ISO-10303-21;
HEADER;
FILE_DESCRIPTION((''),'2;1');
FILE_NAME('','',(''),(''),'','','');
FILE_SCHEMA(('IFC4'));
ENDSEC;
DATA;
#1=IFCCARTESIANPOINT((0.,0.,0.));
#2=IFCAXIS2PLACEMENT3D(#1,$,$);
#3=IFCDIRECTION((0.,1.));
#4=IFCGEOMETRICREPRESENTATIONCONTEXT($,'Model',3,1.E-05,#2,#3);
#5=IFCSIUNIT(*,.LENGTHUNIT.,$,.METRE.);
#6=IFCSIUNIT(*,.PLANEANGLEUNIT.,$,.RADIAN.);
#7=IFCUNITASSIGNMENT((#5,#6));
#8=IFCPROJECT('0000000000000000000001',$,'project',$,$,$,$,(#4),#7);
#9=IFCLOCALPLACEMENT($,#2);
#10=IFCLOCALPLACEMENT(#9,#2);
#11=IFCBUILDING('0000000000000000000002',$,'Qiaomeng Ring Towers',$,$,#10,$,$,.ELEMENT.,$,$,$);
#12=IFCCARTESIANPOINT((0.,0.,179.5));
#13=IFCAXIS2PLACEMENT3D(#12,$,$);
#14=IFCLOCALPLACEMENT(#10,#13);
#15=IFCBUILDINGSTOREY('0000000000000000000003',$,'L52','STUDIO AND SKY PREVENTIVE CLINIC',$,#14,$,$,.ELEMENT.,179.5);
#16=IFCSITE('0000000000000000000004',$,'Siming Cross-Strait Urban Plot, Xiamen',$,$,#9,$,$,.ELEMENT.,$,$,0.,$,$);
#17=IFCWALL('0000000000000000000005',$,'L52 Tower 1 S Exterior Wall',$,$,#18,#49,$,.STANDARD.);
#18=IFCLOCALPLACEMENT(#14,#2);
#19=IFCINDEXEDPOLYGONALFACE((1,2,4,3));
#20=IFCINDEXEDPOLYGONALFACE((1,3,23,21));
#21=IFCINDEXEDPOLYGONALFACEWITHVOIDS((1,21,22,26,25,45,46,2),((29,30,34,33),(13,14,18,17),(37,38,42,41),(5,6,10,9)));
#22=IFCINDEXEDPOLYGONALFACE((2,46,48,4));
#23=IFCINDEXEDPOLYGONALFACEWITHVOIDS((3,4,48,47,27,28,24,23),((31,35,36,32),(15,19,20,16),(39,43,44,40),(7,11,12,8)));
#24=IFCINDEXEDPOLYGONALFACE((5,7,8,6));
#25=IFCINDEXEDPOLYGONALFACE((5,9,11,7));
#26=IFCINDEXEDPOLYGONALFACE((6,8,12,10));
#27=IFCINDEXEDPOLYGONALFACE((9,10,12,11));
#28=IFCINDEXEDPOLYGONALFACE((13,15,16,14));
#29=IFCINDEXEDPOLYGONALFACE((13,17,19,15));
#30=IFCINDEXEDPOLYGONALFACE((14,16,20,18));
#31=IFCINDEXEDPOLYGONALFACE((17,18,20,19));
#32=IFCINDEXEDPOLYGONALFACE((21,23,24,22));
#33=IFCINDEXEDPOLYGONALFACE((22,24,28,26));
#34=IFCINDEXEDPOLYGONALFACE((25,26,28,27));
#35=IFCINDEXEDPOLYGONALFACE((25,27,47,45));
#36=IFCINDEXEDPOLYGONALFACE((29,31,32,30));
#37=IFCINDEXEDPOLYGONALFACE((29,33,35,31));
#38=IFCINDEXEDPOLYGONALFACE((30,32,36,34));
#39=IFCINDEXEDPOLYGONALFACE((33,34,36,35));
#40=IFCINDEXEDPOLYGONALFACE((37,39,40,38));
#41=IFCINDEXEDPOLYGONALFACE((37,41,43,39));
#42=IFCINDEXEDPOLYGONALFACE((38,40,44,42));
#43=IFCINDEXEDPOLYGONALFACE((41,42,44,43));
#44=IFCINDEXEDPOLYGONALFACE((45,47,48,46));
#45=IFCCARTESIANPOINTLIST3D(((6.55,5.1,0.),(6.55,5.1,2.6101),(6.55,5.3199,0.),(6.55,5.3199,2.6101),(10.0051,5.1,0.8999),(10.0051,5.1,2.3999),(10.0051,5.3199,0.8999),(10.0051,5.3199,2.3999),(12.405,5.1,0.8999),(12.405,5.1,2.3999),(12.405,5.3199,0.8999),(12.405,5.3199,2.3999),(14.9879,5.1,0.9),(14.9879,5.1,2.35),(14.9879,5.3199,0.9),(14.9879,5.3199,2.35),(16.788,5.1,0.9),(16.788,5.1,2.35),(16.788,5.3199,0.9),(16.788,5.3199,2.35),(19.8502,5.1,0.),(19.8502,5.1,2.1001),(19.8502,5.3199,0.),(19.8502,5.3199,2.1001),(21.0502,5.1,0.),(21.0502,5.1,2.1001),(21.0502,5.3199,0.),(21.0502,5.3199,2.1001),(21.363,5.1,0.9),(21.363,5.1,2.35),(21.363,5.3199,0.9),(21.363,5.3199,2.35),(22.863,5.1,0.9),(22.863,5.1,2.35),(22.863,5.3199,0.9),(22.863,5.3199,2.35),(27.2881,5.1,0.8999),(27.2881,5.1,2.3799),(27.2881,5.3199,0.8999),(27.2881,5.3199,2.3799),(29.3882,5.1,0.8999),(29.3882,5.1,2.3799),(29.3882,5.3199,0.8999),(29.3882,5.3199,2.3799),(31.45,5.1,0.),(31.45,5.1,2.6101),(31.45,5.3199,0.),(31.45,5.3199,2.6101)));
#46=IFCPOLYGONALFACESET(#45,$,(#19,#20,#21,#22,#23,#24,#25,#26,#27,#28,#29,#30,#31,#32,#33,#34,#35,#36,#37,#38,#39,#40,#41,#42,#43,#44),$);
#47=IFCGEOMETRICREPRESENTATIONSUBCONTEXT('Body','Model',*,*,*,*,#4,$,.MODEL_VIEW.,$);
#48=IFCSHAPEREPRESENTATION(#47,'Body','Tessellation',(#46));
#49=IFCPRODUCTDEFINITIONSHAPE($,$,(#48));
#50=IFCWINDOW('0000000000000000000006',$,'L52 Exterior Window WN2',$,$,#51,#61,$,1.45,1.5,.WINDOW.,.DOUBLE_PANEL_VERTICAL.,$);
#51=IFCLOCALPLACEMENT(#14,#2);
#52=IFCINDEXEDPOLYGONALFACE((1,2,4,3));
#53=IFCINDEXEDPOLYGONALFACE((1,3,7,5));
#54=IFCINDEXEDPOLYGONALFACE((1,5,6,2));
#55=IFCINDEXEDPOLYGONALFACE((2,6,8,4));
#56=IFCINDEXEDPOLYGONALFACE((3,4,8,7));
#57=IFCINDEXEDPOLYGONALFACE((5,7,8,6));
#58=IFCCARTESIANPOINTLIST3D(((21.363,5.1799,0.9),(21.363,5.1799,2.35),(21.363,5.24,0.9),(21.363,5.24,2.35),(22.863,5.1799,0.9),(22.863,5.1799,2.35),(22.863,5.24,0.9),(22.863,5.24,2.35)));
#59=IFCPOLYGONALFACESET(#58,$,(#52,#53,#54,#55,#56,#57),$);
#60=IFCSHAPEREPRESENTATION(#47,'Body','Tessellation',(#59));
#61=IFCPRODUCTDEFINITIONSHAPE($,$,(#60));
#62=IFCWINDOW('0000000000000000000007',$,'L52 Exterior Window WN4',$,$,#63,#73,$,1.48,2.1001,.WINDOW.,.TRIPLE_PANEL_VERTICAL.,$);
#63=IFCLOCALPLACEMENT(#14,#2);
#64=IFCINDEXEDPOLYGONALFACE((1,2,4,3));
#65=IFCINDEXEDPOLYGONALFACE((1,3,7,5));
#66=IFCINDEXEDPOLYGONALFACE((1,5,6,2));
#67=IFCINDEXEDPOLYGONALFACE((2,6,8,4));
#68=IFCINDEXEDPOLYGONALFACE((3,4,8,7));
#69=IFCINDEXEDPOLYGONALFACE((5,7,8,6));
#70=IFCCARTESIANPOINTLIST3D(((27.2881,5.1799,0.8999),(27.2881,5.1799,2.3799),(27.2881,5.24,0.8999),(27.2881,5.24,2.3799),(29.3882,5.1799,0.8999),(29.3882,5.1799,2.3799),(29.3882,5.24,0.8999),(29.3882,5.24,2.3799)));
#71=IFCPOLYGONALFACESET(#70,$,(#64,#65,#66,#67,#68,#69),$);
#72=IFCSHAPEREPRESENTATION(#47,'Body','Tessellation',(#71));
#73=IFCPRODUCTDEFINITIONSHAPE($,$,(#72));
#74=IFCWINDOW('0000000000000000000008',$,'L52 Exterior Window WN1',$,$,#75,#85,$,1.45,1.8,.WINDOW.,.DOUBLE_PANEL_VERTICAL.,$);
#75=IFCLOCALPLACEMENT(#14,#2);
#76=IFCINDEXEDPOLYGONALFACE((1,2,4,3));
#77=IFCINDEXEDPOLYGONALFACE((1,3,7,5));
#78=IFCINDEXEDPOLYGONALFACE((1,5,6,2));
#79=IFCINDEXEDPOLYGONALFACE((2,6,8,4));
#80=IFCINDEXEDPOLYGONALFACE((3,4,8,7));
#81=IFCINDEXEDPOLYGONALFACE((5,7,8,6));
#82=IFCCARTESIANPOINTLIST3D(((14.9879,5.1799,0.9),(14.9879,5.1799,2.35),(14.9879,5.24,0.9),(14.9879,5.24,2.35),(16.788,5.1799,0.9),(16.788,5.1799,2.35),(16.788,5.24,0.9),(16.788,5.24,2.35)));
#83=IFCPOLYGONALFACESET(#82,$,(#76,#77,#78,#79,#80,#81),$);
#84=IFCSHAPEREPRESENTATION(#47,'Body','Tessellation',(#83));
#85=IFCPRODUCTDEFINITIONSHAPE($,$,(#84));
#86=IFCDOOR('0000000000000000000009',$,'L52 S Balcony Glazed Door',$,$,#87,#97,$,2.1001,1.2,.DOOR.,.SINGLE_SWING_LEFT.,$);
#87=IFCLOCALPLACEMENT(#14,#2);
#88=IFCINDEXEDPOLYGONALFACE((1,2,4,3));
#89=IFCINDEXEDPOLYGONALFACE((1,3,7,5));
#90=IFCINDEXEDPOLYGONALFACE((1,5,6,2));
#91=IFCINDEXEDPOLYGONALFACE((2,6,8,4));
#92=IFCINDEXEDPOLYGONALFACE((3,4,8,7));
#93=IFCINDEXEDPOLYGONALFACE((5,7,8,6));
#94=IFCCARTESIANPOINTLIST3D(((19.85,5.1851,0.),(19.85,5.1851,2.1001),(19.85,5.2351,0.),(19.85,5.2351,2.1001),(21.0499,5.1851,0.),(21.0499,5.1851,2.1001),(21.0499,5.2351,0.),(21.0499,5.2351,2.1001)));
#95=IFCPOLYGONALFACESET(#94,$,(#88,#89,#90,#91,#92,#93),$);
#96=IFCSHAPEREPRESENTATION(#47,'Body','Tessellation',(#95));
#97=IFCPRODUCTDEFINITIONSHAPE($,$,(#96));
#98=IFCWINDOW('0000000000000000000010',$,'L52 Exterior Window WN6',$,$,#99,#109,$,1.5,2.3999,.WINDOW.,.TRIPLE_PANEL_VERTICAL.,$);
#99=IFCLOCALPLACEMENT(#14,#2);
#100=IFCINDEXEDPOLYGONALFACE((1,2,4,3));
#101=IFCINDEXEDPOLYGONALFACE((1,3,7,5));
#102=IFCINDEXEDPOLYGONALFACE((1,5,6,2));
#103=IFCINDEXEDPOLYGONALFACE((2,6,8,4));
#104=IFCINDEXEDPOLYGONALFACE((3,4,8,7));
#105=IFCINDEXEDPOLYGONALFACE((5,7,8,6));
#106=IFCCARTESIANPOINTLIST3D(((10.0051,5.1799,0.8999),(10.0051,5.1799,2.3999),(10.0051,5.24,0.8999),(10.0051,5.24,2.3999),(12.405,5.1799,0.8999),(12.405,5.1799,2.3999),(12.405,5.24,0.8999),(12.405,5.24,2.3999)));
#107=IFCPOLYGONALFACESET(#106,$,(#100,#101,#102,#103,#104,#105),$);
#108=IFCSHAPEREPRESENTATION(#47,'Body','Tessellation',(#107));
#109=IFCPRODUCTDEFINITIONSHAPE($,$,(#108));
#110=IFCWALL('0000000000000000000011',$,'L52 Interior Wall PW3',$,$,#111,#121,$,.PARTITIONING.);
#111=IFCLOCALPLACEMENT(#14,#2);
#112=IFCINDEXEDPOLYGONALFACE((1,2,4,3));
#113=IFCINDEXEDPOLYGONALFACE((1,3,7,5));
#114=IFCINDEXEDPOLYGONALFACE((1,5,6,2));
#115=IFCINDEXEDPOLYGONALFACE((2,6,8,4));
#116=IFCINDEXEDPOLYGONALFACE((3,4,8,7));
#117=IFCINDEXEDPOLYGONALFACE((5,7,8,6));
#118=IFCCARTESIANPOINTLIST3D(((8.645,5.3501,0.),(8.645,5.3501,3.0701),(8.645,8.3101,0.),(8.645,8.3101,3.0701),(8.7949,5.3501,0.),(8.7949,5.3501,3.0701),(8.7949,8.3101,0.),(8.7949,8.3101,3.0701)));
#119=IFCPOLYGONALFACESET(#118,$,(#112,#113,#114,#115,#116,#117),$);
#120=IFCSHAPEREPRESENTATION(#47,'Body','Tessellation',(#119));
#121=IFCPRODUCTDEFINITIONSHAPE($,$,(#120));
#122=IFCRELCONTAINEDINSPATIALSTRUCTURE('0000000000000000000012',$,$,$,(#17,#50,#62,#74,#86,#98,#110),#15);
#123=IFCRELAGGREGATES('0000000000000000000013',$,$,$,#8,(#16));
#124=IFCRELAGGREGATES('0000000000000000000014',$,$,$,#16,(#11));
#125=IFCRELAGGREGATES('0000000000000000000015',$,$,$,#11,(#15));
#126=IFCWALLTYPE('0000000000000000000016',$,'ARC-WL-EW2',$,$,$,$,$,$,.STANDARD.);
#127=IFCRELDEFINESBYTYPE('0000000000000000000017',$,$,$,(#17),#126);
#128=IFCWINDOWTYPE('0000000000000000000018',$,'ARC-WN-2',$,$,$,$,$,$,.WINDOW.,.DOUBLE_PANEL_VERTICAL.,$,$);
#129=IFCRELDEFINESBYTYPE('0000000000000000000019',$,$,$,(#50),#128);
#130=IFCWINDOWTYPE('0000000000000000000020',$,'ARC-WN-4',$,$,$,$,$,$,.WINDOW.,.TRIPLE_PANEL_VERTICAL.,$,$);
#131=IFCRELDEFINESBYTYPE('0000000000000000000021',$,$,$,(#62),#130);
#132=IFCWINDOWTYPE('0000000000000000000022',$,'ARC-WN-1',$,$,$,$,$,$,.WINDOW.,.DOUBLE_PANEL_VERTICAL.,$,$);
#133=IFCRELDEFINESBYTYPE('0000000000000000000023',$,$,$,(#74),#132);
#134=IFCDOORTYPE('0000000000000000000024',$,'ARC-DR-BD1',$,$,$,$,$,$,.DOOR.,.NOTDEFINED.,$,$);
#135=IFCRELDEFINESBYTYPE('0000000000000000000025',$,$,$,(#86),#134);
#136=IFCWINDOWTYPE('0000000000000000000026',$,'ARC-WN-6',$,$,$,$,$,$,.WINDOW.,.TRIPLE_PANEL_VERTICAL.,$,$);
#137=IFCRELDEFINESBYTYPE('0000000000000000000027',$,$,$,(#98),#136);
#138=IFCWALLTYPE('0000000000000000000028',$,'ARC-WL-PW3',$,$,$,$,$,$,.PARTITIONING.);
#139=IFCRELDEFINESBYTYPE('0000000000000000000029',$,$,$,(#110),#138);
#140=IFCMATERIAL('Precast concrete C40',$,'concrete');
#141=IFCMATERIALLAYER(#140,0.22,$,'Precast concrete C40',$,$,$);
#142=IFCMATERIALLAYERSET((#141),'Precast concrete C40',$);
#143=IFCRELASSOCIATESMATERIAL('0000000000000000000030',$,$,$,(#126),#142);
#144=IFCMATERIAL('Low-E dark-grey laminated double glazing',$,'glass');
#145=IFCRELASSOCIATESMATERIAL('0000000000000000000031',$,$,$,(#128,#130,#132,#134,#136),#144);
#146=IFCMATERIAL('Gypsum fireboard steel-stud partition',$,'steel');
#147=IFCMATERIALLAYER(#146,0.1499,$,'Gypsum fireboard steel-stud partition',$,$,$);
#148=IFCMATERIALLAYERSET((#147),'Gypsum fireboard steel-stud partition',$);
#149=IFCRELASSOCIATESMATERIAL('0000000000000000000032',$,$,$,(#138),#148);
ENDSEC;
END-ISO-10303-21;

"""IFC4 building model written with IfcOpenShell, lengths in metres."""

from ifc_helpers import new_model, si_unit, direction, frame, frame_2d, origin, place, context, subcontext, project, spatial, rectangle, extrude, source, transform, mapped, material, layer, layer_set, type_object, element, fill, save


model = new_model("IFC4")

# Units and contexts
model_context = context("Model", 3, precision=1e-05, world=origin(), true_north=direction((0.0, 1.0)))
body_context = subcontext(model_context, "Body", "Model", "MODEL_VIEW")
ifc_project = project(units=[si_unit("LENGTHUNIT", "METRE"), si_unit("PLANEANGLEUNIT", "RADIAN")], contexts=[model_context])

# Site, building, storey
site_placement = place(None, origin())
site = spatial("IfcSite", under=ifc_project, at=site_placement, Name="Siming Cross-Strait Urban Plot, Xiamen", CompositionType="ELEMENT", RefElevation=0.0)
building_placement = place(site_placement, origin())
building = spatial("IfcBuilding", under=site, at=building_placement, Name="Qiaomeng Ring Towers", CompositionType="ELEMENT")
storey_placement = place(building_placement, frame((0.0, 0.0, 179.5)))
storey = spatial("IfcBuildingStorey", under=building, at=storey_placement, Name="L52", Description="STUDIO AND SKY PREVENTIVE CLINIC", CompositionType="ELEMENT", Elevation=179.5)

# Shared definitions
ifc_material_1 = material(Name="Low-E dark-grey laminated double glazing", Category="glass")

# Wall, openings, windows, door
ifc_material_2 = material(Name="Precast concrete C40", Category="concrete")
ifc_layer_1 = layer(ifc_material_2, 0.22, Name="Precast concrete C40")
ifc_layer_set_1 = layer_set([ifc_layer_1], Name="Precast concrete C40")
wall_type_1 = type_object("IfcWallType", Name="ARC-WL-EW2", PredefinedType="STANDARD", material=ifc_layer_set_1)
wall_1_placement = place(storey_placement, frame((6.55, 5.21, 0.0), z_axis=(0.0, 0.0, 1.0), x_axis=(1.0, 0.0, 0.0)))
wall_1 = element("IfcWall", 1, at=wall_1_placement, inside=storey, type_object=wall_type_1, Name="L52 Tower 1 S Exterior Wall", PredefinedType="STANDARD", context=body_context, shape_type="SweptSolid", body=[
    extrude(rectangle(XDim=24.8999, YDim=0.22, at=frame_2d((12.45, 0.0))), origin(), (0.0, 0.0, 1.0), 2.6101),
])
opening_1_placement = place(wall_1_placement, frame((13.3, 0.0, 0.0)))
opening_1 = element("IfcOpeningElement", 2, at=opening_1_placement, cuts=wall_1, PredefinedType="OPENING", context=body_context, shape_type="SweptSolid", body=[
    extrude(rectangle(XDim=1.2, YDim=2.1001, at=frame_2d((0.6001, 1.05))), frame((0.0, 0.1199, 0.0), z_axis=(0.0, -1.0, 0.0), x_axis=(1.0, 0.0, 0.0)), (0.0, 0.0, 1.0), 0.24),
])
opening_2_placement = place(wall_1_placement, frame((3.4551, 0.0, 0.8999)))
opening_2 = element("IfcOpeningElement", 3, at=opening_2_placement, cuts=wall_1, PredefinedType="OPENING", context=body_context, shape_type="SweptSolid", body=[
    extrude(rectangle(XDim=2.3999, YDim=1.5, at=frame_2d((1.2, 0.75))), frame((0.0, 0.1199, 0.0), z_axis=(0.0, -1.0, 0.0), x_axis=(1.0, 0.0, 0.0)), (0.0, 0.0, 1.0), 0.24),
])
opening_3_placement = place(wall_1_placement, frame((8.438, 0.0, 0.8999)))
opening_3 = element("IfcOpeningElement", 4, at=opening_3_placement, cuts=wall_1, PredefinedType="OPENING", context=body_context, shape_type="SweptSolid", body=[
    extrude(rectangle(XDim=1.8, YDim=1.45, at=frame_2d((0.8999, 0.7251))), frame((0.0, 0.1199, 0.0), z_axis=(0.0, -1.0, 0.0), x_axis=(1.0, 0.0, 0.0)), (0.0, 0.0, 1.0), 0.24),
])
opening_4_placement = place(wall_1_placement, frame((14.813, 0.0, 0.8999)))
opening_4 = element("IfcOpeningElement", 5, at=opening_4_placement, cuts=wall_1, PredefinedType="OPENING", context=body_context, shape_type="SweptSolid", body=[
    extrude(rectangle(XDim=1.5, YDim=1.45, at=frame_2d((0.75, 0.7251))), frame((0.0, 0.1199, 0.0), z_axis=(0.0, -1.0, 0.0), x_axis=(1.0, 0.0, 0.0)), (0.0, 0.0, 1.0), 0.24),
])
opening_5_placement = place(wall_1_placement, frame((20.738, 0.0, 0.8999)))
opening_5 = element("IfcOpeningElement", 6, at=opening_5_placement, cuts=wall_1, PredefinedType="OPENING", context=body_context, shape_type="SweptSolid", body=[
    extrude(rectangle(XDim=2.1001, YDim=1.48, at=frame_2d((1.05, 0.74))), frame((0.0, 0.1199, 0.0), z_axis=(0.0, -1.0, 0.0), x_axis=(1.0, 0.0, 0.0)), (0.0, 0.0, 1.0), 0.24),
])
window_type_1 = type_object("IfcWindowType", Name="ARC-WN-2", PartitioningType="DOUBLE_PANEL_VERTICAL", PredefinedType="WINDOW", material=ifc_material_1)
shared_shape_1 = source(origin(), body_context, "Body", "SweptSolid", [
    extrude(rectangle(XDim=1.5, YDim=1.45, at=frame_2d((0.75, 0.7251))), frame((0.0, 0.03, 0.0), z_axis=(0.0, -1.0, 0.0), x_axis=(1.0, 0.0, 0.0)), (0.0, 0.0, 1.0), 0.0601),
])
window_1_placement = place(opening_4_placement, origin())
window_1 = element("IfcWindow", 7, at=window_1_placement, inside=storey, type_object=window_type_1, Name="L52 Exterior Window WN2", OverallHeight=1.45, OverallWidth=1.5, PartitioningType="DOUBLE_PANEL_VERTICAL", PredefinedType="WINDOW", context=body_context, shape_type="MappedRepresentation", body=[
    mapped(shared_shape_1, transform((0.0, 0.0, 0.0), x_axis=(1.0, 0.0, 0.0), y_axis=(0.0, 1.0, 0.0), z_axis=(0.0, 0.0, 1.0), scale=1.0)),
])
fill(opening_4, window_1)
window_type_2 = type_object("IfcWindowType", Name="ARC-WN-4", PartitioningType="TRIPLE_PANEL_VERTICAL", PredefinedType="WINDOW", material=ifc_material_1)
shared_shape_2 = source(origin(), body_context, "Body", "SweptSolid", [
    extrude(rectangle(XDim=2.1001, YDim=1.48, at=frame_2d((1.05, 0.74))), frame((0.0, 0.03, 0.0), z_axis=(0.0, -1.0, 0.0), x_axis=(1.0, 0.0, 0.0)), (0.0, 0.0, 1.0), 0.0601),
])
window_2_placement = place(opening_5_placement, origin())
window_2 = element("IfcWindow", 8, at=window_2_placement, inside=storey, type_object=window_type_2, Name="L52 Exterior Window WN4", OverallHeight=1.48, OverallWidth=2.1001, PartitioningType="TRIPLE_PANEL_VERTICAL", PredefinedType="WINDOW", context=body_context, shape_type="MappedRepresentation", body=[
    mapped(shared_shape_2, transform((0.0, 0.0, 0.0), x_axis=(1.0, 0.0, 0.0), y_axis=(0.0, 1.0, 0.0), z_axis=(0.0, 0.0, 1.0), scale=1.0)),
])
fill(opening_5, window_2)
window_type_3 = type_object("IfcWindowType", Name="ARC-WN-1", PartitioningType="DOUBLE_PANEL_VERTICAL", PredefinedType="WINDOW", material=ifc_material_1)
shared_shape_3 = source(origin(), body_context, "Body", "SweptSolid", [
    extrude(rectangle(XDim=1.8, YDim=1.45, at=frame_2d((0.8999, 0.7251))), frame((0.0, 0.03, 0.0), z_axis=(0.0, -1.0, 0.0), x_axis=(1.0, 0.0, 0.0)), (0.0, 0.0, 1.0), 0.0601),
])
window_3_placement = place(opening_3_placement, origin())
window_3 = element("IfcWindow", 9, at=window_3_placement, inside=storey, type_object=window_type_3, Name="L52 Exterior Window WN1", OverallHeight=1.45, OverallWidth=1.8, PartitioningType="DOUBLE_PANEL_VERTICAL", PredefinedType="WINDOW", context=body_context, shape_type="MappedRepresentation", body=[
    mapped(shared_shape_3, transform((0.0, 0.0, 0.0), x_axis=(1.0, 0.0, 0.0), y_axis=(0.0, 1.0, 0.0), z_axis=(0.0, 0.0, 1.0), scale=1.0)),
])
fill(opening_3, window_3)
door_type = type_object("IfcDoorType", Name="ARC-DR-BD1", OperationType="NOTDEFINED", PredefinedType="DOOR", material=ifc_material_1)
shared_shape_4 = source(origin(), body_context, "Body", "SweptSolid", [
    extrude(rectangle(XDim=1.2, YDim=2.1001, at=frame_2d((0.6001, 1.05))), frame((0.0, 0.0249, 0.0), z_axis=(0.0, -1.0, 0.0), x_axis=(1.0, 0.0, 0.0)), (0.0, 0.0, 1.0), 0.05),
])
door_placement = place(opening_1_placement, frame((1.2, 0.0, 0.0), z_axis=(0.0, 0.0, 1.0), x_axis=(-1.0, 0.0, 0.0)))
door = element("IfcDoor", 10, at=door_placement, inside=storey, type_object=door_type, Name="L52 S Balcony Glazed Door", OperationType="SINGLE_SWING_LEFT", OverallHeight=2.1001, OverallWidth=1.2, PredefinedType="DOOR", context=body_context, shape_type="MappedRepresentation", body=[
    mapped(shared_shape_4, transform((0.0, 0.0, 0.0), x_axis=(1.0, 0.0, 0.0), y_axis=(0.0, 1.0, 0.0), z_axis=(0.0, 0.0, 1.0), scale=1.0)),
])
fill(opening_1, door)
window_type_4 = type_object("IfcWindowType", Name="ARC-WN-6", PartitioningType="TRIPLE_PANEL_VERTICAL", PredefinedType="WINDOW", material=ifc_material_1)
shared_shape_5 = source(origin(), body_context, "Body", "SweptSolid", [
    extrude(rectangle(XDim=2.3999, YDim=1.5, at=frame_2d((1.2, 0.75))), frame((0.0, 0.03, 0.0), z_axis=(0.0, -1.0, 0.0), x_axis=(1.0, 0.0, 0.0)), (0.0, 0.0, 1.0), 0.0601),
])
window_4_placement = place(opening_2_placement, origin())
window_4 = element("IfcWindow", 11, at=window_4_placement, inside=storey, type_object=window_type_4, Name="L52 Exterior Window WN6", OverallHeight=1.5, OverallWidth=2.3999, PartitioningType="TRIPLE_PANEL_VERTICAL", PredefinedType="WINDOW", context=body_context, shape_type="MappedRepresentation", body=[
    mapped(shared_shape_5, transform((0.0, 0.0, 0.0), x_axis=(1.0, 0.0, 0.0), y_axis=(0.0, 1.0, 0.0), z_axis=(0.0, 0.0, 1.0), scale=1.0)),
])
fill(opening_2, window_4)

# Wall
ifc_material_3 = material(Name="Gypsum fireboard steel-stud partition", Category="steel")
ifc_layer_2 = layer(ifc_material_3, 0.1499, Name="Gypsum fireboard steel-stud partition")
ifc_layer_set_2 = layer_set([ifc_layer_2], Name="Gypsum fireboard steel-stud partition")
wall_type_2 = type_object("IfcWallType", Name="ARC-WL-PW3", PredefinedType="PARTITIONING", material=ifc_layer_set_2)
wall_2_placement = place(storey_placement, frame((8.72, 5.3501, 0.0), z_axis=(0.0, 0.0, 1.0), x_axis=(0.0, 1.0, 0.0)))
element("IfcWall", 12, at=wall_2_placement, inside=storey, type_object=wall_type_2, Name="L52 Interior Wall PW3", PredefinedType="PARTITIONING", context=body_context, shape_type="SweptSolid", body=[
    extrude(rectangle(XDim=2.96, YDim=0.1499, at=frame_2d((1.48, 0.0))), origin(), (0.0, 0.0, 1.0), 3.0701),
])

save(model, "model.ifc")
